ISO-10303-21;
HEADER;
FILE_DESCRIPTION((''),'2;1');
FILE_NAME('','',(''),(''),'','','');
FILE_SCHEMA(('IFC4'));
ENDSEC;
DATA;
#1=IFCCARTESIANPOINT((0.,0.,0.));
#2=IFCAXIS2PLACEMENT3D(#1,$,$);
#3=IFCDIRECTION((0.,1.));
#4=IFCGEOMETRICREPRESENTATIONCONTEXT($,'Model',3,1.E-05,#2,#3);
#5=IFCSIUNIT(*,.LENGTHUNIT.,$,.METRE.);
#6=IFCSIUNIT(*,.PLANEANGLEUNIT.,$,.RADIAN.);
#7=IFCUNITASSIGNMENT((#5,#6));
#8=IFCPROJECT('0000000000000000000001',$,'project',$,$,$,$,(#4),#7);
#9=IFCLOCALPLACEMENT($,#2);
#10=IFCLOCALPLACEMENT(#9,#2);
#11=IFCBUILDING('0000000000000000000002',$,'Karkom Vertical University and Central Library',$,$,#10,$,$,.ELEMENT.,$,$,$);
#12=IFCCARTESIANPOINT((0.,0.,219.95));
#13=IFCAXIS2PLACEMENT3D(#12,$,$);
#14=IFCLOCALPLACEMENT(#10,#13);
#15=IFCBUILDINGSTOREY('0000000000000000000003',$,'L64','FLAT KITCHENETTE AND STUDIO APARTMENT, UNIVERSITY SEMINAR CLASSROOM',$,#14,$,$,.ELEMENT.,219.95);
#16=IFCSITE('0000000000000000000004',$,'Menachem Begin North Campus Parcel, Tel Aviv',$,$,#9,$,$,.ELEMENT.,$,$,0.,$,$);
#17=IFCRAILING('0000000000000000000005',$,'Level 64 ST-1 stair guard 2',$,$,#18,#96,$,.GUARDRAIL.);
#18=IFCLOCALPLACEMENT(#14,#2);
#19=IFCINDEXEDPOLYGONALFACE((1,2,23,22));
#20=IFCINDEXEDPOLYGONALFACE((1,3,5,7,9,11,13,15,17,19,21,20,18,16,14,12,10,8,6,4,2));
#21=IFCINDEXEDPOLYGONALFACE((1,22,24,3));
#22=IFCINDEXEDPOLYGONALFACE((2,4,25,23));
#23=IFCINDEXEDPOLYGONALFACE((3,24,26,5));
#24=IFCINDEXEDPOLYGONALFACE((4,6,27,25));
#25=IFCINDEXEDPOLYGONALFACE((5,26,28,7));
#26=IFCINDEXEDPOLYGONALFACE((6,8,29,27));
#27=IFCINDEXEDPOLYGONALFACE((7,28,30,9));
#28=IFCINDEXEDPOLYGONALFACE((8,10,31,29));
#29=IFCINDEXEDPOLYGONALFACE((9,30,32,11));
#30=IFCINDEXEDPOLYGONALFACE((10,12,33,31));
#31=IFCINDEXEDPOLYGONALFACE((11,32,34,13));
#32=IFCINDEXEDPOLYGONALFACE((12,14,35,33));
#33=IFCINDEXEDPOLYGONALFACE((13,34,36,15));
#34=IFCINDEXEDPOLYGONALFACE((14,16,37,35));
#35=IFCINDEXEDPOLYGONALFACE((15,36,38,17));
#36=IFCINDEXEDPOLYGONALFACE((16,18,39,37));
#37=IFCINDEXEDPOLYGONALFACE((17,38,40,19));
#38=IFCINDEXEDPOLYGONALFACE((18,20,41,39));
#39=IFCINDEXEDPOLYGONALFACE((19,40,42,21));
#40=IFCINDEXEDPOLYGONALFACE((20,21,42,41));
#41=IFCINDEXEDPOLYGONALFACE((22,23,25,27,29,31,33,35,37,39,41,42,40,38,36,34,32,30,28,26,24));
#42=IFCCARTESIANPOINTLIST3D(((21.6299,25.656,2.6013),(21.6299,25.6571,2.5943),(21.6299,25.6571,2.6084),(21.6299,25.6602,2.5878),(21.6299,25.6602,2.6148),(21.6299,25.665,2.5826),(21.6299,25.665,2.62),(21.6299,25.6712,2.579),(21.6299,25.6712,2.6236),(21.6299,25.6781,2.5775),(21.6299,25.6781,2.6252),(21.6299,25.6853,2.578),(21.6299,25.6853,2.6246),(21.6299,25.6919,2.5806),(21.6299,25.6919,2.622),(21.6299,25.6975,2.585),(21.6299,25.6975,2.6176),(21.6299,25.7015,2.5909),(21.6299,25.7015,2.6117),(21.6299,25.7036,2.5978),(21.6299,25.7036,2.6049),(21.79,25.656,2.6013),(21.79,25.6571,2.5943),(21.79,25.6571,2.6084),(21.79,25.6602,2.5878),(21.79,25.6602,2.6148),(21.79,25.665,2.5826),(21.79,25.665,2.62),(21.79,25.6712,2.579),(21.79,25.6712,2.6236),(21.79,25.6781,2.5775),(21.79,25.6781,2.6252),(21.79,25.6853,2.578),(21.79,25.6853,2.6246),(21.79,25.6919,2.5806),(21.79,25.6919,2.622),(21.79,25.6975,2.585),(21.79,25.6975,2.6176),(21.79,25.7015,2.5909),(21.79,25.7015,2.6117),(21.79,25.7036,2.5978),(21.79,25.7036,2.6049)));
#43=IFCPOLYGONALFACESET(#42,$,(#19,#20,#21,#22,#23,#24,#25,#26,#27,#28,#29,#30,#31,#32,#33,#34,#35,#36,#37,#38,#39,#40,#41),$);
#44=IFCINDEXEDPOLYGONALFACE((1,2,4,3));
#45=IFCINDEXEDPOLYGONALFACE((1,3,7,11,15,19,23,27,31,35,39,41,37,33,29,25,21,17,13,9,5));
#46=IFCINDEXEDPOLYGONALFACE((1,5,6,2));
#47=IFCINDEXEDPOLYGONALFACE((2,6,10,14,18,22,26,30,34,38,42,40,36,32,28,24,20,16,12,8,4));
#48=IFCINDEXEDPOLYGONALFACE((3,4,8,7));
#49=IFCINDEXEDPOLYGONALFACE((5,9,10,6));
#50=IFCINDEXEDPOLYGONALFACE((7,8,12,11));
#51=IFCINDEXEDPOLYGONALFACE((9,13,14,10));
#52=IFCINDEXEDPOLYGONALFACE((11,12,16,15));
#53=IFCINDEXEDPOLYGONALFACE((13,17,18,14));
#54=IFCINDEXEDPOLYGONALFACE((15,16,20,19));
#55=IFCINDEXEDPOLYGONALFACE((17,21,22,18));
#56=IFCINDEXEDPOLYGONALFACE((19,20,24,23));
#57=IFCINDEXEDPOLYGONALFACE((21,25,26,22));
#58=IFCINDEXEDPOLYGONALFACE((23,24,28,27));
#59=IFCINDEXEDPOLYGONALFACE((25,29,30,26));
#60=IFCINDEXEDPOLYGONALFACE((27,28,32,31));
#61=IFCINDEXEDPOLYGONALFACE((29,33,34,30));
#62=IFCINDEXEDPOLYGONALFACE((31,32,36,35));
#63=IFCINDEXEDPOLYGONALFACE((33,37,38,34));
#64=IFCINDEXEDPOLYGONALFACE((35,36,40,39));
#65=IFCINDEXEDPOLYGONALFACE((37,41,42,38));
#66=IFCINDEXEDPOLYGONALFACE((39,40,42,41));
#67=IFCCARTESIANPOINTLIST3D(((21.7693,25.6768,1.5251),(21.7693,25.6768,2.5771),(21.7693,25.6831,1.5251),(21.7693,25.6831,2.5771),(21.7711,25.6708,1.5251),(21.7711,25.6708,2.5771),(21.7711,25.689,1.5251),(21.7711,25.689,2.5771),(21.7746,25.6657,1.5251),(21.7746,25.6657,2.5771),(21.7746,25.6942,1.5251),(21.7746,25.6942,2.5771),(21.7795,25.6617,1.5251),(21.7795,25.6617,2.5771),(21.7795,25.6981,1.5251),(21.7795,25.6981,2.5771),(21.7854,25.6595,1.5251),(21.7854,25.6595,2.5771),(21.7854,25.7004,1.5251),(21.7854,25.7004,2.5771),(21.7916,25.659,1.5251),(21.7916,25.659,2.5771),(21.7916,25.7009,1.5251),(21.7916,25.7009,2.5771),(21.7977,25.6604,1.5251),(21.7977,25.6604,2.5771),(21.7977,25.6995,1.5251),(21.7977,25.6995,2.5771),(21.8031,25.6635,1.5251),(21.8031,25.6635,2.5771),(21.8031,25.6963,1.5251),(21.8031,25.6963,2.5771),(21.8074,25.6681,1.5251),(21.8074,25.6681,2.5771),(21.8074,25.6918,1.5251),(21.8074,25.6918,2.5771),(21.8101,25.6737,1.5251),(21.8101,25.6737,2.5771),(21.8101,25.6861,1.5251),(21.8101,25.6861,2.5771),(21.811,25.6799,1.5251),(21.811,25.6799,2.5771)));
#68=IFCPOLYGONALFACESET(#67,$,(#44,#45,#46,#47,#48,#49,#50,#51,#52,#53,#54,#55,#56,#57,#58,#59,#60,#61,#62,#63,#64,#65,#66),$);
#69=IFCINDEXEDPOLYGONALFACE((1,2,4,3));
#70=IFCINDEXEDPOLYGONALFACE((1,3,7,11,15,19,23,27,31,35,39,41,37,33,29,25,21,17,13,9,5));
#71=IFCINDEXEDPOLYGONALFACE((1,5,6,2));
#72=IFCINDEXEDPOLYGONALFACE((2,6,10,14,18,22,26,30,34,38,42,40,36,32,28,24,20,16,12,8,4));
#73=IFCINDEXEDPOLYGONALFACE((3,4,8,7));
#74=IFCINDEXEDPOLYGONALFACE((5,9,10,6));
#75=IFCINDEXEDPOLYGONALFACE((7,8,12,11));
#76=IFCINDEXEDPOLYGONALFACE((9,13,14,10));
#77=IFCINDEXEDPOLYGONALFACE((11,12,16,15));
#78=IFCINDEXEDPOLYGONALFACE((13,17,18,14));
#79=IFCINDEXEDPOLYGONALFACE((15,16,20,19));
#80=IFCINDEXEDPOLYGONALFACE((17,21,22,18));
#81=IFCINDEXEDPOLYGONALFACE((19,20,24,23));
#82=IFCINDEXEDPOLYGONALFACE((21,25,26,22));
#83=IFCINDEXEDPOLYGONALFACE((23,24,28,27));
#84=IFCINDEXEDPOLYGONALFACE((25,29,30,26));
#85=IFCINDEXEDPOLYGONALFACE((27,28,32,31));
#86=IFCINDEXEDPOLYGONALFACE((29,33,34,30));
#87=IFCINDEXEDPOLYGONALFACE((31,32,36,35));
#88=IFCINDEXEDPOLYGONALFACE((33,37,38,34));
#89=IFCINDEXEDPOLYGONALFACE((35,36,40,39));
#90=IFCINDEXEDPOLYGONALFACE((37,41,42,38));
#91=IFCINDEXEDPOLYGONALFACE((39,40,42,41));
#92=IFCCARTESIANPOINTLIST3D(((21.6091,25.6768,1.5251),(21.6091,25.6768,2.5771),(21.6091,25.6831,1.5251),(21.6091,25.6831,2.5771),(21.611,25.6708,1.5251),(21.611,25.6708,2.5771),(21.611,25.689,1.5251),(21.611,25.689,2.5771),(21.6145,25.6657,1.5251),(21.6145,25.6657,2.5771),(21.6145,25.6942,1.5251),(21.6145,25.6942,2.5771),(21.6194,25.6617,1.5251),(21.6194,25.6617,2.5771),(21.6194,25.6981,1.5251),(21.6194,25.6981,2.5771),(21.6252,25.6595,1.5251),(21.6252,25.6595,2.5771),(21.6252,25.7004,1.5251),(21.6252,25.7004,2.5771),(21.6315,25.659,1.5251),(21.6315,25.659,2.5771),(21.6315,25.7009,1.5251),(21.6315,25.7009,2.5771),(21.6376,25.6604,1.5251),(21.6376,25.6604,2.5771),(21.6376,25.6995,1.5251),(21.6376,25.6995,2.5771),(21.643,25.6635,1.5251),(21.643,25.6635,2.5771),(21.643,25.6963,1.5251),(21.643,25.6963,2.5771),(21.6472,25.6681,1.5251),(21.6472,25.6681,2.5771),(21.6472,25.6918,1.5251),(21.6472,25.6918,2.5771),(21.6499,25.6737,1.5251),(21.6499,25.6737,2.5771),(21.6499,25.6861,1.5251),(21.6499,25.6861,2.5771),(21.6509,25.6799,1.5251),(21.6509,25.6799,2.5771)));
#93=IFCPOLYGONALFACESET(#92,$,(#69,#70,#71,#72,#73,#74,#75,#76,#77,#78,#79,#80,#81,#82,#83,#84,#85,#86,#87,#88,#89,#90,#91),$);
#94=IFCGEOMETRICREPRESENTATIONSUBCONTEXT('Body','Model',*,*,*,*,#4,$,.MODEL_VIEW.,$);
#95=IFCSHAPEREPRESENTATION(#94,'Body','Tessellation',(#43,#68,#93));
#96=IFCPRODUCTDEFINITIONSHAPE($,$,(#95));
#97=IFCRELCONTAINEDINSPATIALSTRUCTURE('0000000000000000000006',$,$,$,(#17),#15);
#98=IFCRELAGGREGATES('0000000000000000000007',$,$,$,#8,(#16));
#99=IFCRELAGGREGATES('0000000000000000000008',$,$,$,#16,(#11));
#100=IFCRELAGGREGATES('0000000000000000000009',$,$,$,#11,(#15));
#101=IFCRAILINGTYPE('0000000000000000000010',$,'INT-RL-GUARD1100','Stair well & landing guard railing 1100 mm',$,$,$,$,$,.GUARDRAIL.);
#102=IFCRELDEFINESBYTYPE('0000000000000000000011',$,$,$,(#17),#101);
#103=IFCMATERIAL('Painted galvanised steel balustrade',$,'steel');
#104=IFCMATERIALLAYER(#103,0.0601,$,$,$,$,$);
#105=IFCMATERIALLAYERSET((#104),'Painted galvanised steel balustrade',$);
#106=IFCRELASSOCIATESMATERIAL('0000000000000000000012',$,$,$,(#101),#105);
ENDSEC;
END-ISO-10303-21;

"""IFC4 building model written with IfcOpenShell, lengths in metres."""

from ifc_helpers import new_model, si_unit, direction, frame, origin, origin_2d, place, context, subcontext, project, spatial, circle, extrude, material, layer, layer_set, type_object, element, save


model = new_model("IFC4")

# Units and contexts
model_context = context("Model", 3, precision=1e-05, world=origin(), true_north=direction((0.0, 1.0)))
body_context = subcontext(model_context, "Body", "Model", "MODEL_VIEW")
ifc_project = project(units=[si_unit("LENGTHUNIT", "METRE"), si_unit("PLANEANGLEUNIT", "RADIAN")], contexts=[model_context])

# Site, building, storey
site_placement = place(None, origin())
site = spatial("IfcSite", under=ifc_project, at=site_placement, Name="Menachem Begin North Campus Parcel, Tel Aviv", CompositionType="ELEMENT", RefElevation=0.0)
building_placement = place(site_placement, origin())
building = spatial("IfcBuilding", under=site, at=building_placement, Name="Karkom Vertical University and Central Library", CompositionType="ELEMENT")
storey_placement = place(building_placement, frame((0.0, 0.0, 219.95)))
storey = spatial("IfcBuildingStorey", under=building, at=storey_placement, Name="L64", Description="FLAT KITCHENETTE AND STUDIO APARTMENT, UNIVERSITY SEMINAR CLASSROOM", CompositionType="ELEMENT", Elevation=219.95)

# Railing
ifc_material_1 = material(Name="Painted galvanised steel balustrade", Category="steel")
ifc_layer_1 = layer(ifc_material_1, 0.0601)
ifc_layer_set_1 = layer_set([ifc_layer_1], Name="Painted galvanised steel balustrade")
railing_type_1 = type_object("IfcRailingType", Name="INT-RL-GUARD1100", Description="Stair well & landing guard railing 1100 mm", PredefinedType="GUARDRAIL", material=ifc_layer_set_1)
railing_1_placement = place(storey_placement, frame((21.79, 25.6799, 1.5251)))
element("IfcRailing", 1, at=railing_1_placement, inside=storey, type_object=railing_type_1, Name="Level 64 ST-1 stair guard 2", PredefinedType="GUARDRAIL", context=body_context, shape_type="SweptSolid", body=[
    extrude(circle(Radius=0.0239, at=origin_2d()), frame((0.0, 0.0, 1.0762), z_axis=(-1.0, 0.0, 0.0), x_axis=(0.0, -1.0, 0.0)), (0.0, 0.0, 1.0), 0.1602),
    extrude(circle(Radius=0.021, at=origin_2d()), origin(), (0.0, 0.0, 1.0), 1.052),
    extrude(circle(Radius=0.021, at=origin_2d()), frame((-0.1602, 0.0, 0.0)), (0.0, 0.0, 1.0), 1.052),
])

save(model, "model.ifc")
